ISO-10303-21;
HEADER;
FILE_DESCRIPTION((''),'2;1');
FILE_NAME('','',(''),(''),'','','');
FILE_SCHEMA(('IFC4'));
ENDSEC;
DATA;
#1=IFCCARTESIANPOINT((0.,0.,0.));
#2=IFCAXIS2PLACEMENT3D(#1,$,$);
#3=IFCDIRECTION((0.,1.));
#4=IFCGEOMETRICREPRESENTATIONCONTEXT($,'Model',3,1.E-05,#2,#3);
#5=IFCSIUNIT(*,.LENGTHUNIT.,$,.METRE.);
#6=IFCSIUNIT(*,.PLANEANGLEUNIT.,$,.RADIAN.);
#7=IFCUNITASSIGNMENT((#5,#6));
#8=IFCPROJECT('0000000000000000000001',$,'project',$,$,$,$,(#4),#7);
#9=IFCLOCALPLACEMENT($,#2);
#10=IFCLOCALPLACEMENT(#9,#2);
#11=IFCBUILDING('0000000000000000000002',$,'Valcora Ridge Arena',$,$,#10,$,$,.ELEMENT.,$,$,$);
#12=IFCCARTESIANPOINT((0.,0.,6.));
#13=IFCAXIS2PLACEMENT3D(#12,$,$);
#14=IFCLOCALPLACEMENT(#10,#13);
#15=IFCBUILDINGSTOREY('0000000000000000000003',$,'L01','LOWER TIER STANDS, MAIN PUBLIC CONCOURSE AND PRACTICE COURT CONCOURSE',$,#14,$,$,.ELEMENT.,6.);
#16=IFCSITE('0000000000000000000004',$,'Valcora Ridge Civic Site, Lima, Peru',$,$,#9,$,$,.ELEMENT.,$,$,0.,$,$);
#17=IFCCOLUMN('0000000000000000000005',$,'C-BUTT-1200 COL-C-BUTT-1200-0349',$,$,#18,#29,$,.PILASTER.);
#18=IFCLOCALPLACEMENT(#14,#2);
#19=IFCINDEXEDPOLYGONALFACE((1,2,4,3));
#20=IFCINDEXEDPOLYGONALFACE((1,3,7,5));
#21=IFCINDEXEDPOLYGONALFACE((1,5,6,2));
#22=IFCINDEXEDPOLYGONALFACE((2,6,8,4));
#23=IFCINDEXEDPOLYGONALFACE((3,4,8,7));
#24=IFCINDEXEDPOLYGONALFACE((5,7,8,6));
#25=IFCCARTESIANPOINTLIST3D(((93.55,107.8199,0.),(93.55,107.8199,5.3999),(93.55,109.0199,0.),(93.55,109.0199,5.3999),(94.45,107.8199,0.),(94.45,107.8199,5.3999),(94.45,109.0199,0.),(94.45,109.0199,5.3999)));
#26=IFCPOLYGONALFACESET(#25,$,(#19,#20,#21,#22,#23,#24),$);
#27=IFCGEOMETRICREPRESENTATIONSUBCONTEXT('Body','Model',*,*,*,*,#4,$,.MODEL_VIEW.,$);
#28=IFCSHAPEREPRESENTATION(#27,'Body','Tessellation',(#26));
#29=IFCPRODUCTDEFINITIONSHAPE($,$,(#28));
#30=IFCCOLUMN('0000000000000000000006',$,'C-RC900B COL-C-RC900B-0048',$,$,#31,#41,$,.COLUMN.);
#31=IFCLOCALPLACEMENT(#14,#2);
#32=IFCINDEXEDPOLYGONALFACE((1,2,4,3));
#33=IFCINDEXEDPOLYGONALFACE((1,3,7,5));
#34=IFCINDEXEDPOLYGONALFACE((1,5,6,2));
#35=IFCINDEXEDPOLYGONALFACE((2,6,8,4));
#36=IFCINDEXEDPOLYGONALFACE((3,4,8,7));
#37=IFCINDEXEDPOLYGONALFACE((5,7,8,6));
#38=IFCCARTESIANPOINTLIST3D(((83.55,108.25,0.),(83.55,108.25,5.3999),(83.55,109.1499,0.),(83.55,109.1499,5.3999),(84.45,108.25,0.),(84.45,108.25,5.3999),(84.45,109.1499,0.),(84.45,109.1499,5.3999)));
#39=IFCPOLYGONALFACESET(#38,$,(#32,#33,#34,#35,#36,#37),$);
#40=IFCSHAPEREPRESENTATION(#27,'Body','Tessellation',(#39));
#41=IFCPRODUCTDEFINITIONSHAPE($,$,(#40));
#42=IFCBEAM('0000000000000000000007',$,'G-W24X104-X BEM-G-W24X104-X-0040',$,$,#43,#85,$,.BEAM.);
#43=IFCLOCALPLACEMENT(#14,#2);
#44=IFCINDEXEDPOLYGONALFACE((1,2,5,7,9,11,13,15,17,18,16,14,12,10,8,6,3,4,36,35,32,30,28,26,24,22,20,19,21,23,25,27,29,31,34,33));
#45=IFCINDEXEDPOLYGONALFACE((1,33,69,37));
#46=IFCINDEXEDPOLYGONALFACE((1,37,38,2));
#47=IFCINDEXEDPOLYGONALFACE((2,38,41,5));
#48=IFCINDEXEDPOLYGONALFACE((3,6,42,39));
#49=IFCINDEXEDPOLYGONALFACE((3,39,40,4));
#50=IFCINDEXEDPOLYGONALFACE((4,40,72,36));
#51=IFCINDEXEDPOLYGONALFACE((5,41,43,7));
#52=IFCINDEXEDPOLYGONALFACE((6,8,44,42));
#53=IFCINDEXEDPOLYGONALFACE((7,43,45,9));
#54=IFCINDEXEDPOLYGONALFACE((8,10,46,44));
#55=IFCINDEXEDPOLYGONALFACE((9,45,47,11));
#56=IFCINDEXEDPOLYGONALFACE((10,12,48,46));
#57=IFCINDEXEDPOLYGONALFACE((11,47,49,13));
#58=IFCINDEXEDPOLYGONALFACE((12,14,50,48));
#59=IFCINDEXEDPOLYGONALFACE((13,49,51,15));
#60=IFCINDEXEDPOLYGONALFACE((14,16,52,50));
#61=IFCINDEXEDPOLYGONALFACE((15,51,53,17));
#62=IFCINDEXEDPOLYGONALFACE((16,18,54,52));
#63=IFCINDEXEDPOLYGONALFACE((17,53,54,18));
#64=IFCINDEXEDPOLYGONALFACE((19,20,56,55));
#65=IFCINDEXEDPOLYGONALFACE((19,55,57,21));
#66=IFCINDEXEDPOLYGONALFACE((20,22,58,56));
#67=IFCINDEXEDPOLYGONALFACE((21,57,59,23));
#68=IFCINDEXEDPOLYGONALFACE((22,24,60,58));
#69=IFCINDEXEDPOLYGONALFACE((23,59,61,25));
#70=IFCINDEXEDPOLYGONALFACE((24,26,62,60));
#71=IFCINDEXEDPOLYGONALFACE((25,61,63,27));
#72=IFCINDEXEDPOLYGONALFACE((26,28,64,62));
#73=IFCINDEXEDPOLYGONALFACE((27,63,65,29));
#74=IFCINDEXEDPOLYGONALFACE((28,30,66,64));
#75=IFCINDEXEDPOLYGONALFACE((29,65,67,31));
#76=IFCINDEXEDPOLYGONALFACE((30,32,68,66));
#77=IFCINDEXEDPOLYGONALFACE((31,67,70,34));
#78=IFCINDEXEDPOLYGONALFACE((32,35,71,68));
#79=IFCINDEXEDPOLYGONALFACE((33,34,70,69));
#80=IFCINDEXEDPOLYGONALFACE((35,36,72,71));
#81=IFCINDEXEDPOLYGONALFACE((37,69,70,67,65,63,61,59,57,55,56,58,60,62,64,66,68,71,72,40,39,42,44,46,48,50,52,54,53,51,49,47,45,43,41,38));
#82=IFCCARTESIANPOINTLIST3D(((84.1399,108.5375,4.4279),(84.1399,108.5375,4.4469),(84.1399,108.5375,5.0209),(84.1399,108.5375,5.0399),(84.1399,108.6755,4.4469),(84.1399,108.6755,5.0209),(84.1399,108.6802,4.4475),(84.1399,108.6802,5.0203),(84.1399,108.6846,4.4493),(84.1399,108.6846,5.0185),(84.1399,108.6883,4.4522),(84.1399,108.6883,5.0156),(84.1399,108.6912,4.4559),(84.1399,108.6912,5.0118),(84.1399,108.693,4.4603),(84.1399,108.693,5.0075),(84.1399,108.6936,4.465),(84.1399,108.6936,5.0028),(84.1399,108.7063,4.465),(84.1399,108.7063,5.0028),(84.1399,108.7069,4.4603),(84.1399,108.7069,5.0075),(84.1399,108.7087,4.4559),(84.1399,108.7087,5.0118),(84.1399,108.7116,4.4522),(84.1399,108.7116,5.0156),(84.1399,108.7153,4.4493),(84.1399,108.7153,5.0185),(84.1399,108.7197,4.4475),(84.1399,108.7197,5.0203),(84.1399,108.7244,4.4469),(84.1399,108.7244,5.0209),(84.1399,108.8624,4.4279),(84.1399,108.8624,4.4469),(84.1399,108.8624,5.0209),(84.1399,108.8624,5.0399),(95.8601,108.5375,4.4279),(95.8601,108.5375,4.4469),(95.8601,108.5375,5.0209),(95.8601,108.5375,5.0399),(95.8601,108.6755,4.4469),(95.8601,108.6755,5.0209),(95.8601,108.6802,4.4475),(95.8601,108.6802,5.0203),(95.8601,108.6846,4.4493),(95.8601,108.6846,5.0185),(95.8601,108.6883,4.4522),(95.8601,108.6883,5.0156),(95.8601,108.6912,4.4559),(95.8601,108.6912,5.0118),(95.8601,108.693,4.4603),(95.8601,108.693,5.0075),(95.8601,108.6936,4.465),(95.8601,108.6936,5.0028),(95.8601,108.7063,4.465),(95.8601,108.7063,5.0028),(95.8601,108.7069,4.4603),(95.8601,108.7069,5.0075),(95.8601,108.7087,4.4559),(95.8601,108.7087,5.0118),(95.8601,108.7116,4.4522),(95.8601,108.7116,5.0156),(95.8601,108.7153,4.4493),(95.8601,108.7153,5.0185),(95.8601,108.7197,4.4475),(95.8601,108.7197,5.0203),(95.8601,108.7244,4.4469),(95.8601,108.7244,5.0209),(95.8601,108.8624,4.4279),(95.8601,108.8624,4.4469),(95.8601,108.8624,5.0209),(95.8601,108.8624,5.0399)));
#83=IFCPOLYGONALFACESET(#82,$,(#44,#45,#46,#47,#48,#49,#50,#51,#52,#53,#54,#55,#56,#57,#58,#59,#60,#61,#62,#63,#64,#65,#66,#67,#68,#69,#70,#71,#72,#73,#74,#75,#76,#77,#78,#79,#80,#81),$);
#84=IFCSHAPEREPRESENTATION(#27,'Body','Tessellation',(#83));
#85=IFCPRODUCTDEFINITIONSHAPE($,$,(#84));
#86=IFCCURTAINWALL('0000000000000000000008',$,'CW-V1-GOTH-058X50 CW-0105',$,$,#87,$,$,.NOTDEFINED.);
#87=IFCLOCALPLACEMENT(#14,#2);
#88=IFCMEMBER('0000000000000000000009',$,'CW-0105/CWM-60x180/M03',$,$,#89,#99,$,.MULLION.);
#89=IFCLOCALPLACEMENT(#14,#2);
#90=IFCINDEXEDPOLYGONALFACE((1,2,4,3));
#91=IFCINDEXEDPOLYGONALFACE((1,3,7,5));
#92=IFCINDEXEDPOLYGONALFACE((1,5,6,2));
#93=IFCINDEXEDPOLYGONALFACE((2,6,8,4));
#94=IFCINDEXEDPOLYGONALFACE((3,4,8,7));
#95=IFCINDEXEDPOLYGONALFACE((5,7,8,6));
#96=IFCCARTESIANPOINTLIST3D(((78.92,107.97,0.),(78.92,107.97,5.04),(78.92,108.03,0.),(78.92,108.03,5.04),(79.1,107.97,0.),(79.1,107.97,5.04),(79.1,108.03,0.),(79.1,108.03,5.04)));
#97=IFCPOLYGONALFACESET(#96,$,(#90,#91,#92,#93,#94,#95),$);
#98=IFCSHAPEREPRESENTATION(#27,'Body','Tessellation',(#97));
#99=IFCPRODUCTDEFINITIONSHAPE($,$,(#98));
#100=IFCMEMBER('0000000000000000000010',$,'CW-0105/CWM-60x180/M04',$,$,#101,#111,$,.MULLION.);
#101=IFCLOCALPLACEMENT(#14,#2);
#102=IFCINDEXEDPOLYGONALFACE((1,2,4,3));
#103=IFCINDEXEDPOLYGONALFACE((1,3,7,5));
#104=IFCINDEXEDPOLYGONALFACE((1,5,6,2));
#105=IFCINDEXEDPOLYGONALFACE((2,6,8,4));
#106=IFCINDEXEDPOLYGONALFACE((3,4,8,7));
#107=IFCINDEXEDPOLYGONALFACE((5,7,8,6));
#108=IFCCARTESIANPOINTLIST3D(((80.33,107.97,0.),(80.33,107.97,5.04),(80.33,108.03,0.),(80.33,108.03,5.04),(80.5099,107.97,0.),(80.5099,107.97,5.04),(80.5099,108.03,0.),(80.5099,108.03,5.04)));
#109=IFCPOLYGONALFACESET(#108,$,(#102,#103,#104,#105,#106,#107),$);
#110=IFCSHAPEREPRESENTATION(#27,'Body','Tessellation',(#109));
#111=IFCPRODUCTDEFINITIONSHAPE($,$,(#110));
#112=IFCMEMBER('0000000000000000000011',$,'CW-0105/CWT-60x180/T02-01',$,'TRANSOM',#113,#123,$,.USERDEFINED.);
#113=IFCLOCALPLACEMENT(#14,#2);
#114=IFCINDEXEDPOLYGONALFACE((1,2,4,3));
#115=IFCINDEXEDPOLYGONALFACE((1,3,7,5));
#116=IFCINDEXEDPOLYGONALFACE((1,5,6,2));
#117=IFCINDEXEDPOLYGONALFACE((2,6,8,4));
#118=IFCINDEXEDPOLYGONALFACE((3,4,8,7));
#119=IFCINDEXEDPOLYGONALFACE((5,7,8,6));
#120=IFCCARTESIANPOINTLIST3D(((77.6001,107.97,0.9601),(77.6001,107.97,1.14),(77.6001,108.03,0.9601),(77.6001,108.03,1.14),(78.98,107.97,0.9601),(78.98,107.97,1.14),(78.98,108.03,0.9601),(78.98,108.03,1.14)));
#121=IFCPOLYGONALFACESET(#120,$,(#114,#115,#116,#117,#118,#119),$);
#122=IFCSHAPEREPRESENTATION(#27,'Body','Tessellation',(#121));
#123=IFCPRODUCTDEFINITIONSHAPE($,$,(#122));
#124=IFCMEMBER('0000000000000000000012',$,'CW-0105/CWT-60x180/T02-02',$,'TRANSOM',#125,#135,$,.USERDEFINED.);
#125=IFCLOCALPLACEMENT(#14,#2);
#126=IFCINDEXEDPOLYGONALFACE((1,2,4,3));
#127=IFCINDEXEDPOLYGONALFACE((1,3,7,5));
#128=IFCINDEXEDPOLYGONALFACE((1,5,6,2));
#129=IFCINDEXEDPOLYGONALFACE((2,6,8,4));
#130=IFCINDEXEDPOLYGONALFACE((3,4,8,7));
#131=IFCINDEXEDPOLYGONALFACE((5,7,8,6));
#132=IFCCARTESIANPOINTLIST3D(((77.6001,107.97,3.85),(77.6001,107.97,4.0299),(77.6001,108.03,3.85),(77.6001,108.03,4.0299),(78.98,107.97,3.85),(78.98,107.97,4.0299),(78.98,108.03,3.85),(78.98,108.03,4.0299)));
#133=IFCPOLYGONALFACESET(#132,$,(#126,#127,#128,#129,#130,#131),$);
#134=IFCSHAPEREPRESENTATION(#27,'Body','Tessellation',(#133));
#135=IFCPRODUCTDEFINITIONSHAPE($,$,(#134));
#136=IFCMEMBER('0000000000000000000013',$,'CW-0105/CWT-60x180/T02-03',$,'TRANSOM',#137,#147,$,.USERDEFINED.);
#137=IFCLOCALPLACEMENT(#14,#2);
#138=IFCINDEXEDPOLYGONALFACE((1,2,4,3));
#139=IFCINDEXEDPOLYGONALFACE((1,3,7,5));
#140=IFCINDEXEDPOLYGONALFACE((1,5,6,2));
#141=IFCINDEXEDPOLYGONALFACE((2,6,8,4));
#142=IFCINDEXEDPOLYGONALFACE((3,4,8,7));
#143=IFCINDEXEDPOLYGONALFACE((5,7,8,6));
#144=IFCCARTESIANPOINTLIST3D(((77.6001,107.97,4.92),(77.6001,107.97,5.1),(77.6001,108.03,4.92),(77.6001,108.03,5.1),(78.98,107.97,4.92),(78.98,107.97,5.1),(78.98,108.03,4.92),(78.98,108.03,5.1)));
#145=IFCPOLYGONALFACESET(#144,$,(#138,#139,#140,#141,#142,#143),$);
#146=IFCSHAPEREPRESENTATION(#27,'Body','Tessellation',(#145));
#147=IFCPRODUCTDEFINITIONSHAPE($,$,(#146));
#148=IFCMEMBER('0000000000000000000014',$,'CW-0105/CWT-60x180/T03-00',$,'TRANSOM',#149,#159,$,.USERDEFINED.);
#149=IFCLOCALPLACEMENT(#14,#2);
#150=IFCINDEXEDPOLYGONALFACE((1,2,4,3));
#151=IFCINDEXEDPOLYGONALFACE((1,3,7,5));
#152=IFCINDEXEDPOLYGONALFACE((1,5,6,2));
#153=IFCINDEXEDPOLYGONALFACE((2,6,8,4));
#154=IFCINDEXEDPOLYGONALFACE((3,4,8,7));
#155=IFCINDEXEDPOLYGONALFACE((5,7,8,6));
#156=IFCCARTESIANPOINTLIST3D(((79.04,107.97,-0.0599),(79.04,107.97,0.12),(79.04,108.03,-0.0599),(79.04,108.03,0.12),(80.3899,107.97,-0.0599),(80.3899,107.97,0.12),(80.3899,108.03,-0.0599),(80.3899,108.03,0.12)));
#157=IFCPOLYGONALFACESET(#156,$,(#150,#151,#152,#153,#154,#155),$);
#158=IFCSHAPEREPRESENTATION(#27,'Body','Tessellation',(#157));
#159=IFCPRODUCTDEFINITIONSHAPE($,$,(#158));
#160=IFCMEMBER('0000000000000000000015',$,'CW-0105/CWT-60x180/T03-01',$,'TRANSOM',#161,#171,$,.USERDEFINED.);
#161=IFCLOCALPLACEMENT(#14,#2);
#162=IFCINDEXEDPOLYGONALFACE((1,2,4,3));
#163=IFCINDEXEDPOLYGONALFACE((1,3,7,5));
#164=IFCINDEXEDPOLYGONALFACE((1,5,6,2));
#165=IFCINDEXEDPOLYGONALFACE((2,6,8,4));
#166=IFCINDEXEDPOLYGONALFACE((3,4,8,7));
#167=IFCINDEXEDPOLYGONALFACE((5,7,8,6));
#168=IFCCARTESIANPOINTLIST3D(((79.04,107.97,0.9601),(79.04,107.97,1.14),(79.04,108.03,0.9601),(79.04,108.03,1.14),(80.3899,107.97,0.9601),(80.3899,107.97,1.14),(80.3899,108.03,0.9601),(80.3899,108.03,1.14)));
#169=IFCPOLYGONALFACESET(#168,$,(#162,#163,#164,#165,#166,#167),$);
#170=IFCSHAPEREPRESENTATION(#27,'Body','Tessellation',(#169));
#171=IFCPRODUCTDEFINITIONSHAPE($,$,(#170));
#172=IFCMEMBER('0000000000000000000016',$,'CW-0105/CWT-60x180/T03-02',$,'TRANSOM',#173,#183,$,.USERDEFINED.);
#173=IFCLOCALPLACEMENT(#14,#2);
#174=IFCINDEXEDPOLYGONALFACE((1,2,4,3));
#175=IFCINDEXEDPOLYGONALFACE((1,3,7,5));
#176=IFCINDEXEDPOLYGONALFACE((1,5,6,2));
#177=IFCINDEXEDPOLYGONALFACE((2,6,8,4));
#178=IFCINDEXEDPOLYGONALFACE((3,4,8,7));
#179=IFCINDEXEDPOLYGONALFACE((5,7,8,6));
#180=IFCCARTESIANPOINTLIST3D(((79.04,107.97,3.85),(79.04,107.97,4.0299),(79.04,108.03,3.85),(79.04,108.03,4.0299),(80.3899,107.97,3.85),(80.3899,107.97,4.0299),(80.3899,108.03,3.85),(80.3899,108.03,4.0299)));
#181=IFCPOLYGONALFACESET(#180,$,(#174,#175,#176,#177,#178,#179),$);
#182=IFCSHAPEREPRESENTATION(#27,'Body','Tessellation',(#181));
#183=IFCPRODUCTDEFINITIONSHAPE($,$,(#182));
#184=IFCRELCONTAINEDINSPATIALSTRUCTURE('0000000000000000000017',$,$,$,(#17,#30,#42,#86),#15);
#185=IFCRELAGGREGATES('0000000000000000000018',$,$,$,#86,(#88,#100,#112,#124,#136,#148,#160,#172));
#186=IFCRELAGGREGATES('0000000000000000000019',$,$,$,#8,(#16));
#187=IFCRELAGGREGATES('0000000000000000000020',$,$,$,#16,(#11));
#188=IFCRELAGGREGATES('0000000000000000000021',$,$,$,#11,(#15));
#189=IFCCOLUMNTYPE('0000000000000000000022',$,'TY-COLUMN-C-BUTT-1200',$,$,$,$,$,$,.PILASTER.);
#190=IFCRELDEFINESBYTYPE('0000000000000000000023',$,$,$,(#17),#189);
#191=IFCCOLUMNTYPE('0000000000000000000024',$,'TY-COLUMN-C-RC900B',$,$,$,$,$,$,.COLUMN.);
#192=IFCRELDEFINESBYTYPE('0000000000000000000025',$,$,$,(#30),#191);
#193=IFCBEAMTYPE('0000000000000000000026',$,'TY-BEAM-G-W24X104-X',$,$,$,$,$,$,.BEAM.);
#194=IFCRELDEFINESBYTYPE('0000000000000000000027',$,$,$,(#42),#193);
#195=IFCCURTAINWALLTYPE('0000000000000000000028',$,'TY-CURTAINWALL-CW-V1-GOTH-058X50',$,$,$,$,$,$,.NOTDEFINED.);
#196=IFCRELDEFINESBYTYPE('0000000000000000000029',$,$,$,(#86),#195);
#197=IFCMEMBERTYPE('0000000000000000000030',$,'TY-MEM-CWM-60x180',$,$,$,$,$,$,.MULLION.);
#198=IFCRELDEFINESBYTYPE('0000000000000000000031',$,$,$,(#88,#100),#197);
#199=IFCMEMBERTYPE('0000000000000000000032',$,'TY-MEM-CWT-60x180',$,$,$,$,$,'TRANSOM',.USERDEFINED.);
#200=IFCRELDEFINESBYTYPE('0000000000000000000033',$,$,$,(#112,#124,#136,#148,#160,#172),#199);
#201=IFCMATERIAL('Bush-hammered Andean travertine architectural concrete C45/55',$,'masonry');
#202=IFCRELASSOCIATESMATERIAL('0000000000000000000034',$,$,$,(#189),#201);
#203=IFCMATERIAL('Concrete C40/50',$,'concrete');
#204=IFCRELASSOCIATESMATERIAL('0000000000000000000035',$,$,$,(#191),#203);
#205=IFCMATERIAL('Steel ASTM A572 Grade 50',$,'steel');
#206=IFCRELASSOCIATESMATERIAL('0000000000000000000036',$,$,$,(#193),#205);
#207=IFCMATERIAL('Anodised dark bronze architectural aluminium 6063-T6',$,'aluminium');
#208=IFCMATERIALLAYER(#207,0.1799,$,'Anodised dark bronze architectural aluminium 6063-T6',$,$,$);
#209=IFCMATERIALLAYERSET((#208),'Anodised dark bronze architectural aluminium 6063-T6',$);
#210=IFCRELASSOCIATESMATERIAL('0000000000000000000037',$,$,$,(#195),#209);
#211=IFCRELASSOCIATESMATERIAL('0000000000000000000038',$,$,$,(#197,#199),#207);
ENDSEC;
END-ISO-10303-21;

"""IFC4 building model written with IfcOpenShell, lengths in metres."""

from ifc_helpers import new_model, si_unit, direction, frame, origin, origin_2d, place, context, subcontext, project, spatial, rectangle, i_section, extrude, material, layer, layer_set, material_profile, profile_set, type_object, element, aggregate, save


model = new_model("IFC4")

# Units and contexts
model_context = context("Model", 3, precision=1e-05, world=origin(), true_north=direction((0.0, 1.0)))
body_context = subcontext(model_context, "Body", "Model", "MODEL_VIEW")
ifc_project = project(units=[si_unit("LENGTHUNIT", "METRE"), si_unit("PLANEANGLEUNIT", "RADIAN")], contexts=[model_context])

# Site, building, storey
site_placement = place(None, origin())
site = spatial("IfcSite", under=ifc_project, at=site_placement, Name="Valcora Ridge Civic Site, Lima, Peru", CompositionType="ELEMENT", RefElevation=0.0)
building_placement = place(site_placement, origin())
building = spatial("IfcBuilding", under=site, at=building_placement, Name="Valcora Ridge Arena", CompositionType="ELEMENT")
storey_placement = place(building_placement, frame((0.0, 0.0, 6.0)))
storey = spatial("IfcBuildingStorey", under=building, at=storey_placement, Name="L01", Description="LOWER TIER STANDS, MAIN PUBLIC CONCOURSE AND PRACTICE COURT CONCOURSE", CompositionType="ELEMENT", Elevation=6.0)

# Columns
ifc_material_1 = material(Name="Bush-hammered Andean travertine architectural concrete C45/55", Category="masonry")
ifc_material_profile_1 = material_profile(ifc_material_1, rectangle(XDim=0.8999, YDim=1.2, at=origin_2d()), Name="RC 900x1200")
ifc_profile_set_1 = profile_set([ifc_material_profile_1], Name="Bush-hammered Andean travertine architectural concrete C45/55")
column_type_1 = type_object("IfcColumnType", Name="TY-COLUMN-C-BUTT-1200", PredefinedType="PILASTER", material=ifc_profile_set_1)
column_1_placement = place(storey_placement, frame((94.0, 108.4199, 0.0), z_axis=(0.0, 0.0, 1.0), x_axis=(1.0, 0.0, 0.0)))
element("IfcColumn", 1, at=column_1_placement, inside=storey, type_object=column_type_1, Name="C-BUTT-1200 COL-C-BUTT-1200-0349", PredefinedType="PILASTER", context=body_context, shape_type="SweptSolid", body=[
    extrude(rectangle(XDim=0.8999, YDim=1.2, at=origin_2d()), origin(), (0.0, 0.0, 1.0), 5.3999),
])
ifc_material_2 = material(Name="Concrete C40/50", Category="concrete")
ifc_material_profile_2 = material_profile(ifc_material_2, rectangle(XDim=0.8999, YDim=0.8999, at=origin_2d()), Name="RC 900x900")
ifc_profile_set_2 = profile_set([ifc_material_profile_2], Name="Concrete C40/50")
column_type_2 = type_object("IfcColumnType", Name="TY-COLUMN-C-RC900B", PredefinedType="COLUMN", material=ifc_profile_set_2)
column_2_placement = place(storey_placement, frame((84.0, 108.7, 0.0), z_axis=(0.0, 0.0, 1.0), x_axis=(1.0, 0.0, 0.0)))
element("IfcColumn", 2, at=column_2_placement, inside=storey, type_object=column_type_2, Name="C-RC900B COL-C-RC900B-0048", PredefinedType="COLUMN", context=body_context, shape_type="SweptSolid", body=[
    extrude(rectangle(XDim=0.8999, YDim=0.8999, at=origin_2d()), origin(), (0.0, 0.0, 1.0), 5.3999),
])

# Beam
ifc_material_3 = material(Name="Steel ASTM A572 Grade 50", Category="steel")
ifc_material_profile_3 = material_profile(ifc_material_3, i_section(OverallWidth=0.325, OverallDepth=0.6121, WebThickness=0.0127, FlangeThickness=0.019, FilletRadius=0.0181, at=origin_2d()), Name="W24X104")
ifc_profile_set_3 = profile_set([ifc_material_profile_3], Name="Steel ASTM A572 Grade 50")
beam_type = type_object("IfcBeamType", Name="TY-BEAM-G-W24X104-X", PredefinedType="BEAM", material=ifc_profile_set_3)
beam_placement = place(storey_placement, frame((84.1399, 108.7, 4.7339), z_axis=(1.0, 0.0, 0.0), x_axis=(0.0, 1.0, 0.0)))
element("IfcBeam", 3, at=beam_placement, inside=storey, type_object=beam_type, Name="G-W24X104-X BEM-G-W24X104-X-0040", PredefinedType="BEAM", context=body_context, shape_type="SweptSolid", body=[
    extrude(i_section(OverallWidth=0.325, OverallDepth=0.6121, WebThickness=0.0127, FlangeThickness=0.019, FilletRadius=0.0181, at=origin_2d()), origin(), (0.0, 0.0, 1.0), 11.7202),
])

# Curtain wall, members
ifc_material_4 = material(Name="Anodised dark bronze architectural aluminium 6063-T6", Category="aluminium")
ifc_layer_1 = layer(ifc_material_4, 0.1799, Name="Anodised dark bronze architectural aluminium 6063-T6")
ifc_layer_set_1 = layer_set([ifc_layer_1], Name="Anodised dark bronze architectural aluminium 6063-T6")
curtain_wall_type = type_object("IfcCurtainWallType", Name="TY-CURTAINWALL-CW-V1-GOTH-058X50", PredefinedType="NOTDEFINED", material=ifc_layer_set_1)
curtain_wall_placement = place(storey_placement, origin())
curtain_wall = element("IfcCurtainWall", 4, at=curtain_wall_placement, inside=storey, type_object=curtain_wall_type, Name="CW-V1-GOTH-058X50 CW-0105", PredefinedType="NOTDEFINED")
ifc_material_profile_4 = material_profile(ifc_material_4, rectangle(XDim=0.0601, YDim=0.1799, at=origin_2d()), Name="ALU MULLION 60x180")
ifc_profile_set_4 = profile_set([ifc_material_profile_4], Name="Anodised dark bronze architectural aluminium 6063-T6")
member_type_1 = type_object("IfcMemberType", Name="TY-MEM-CWM-60x180", PredefinedType="MULLION", material=ifc_profile_set_4)
member_1_placement = place(storey_placement, frame((79.01, 108.0, 0.0), z_axis=(0.0, 0.0, 1.0), x_axis=(0.0, 1.0, 0.0)))
member_1 = element("IfcMember", 5, at=member_1_placement, type_object=member_type_1, Name="CW-0105/CWM-60x180/M03", PredefinedType="MULLION", context=body_context, shape_type="SweptSolid", body=[
    extrude(rectangle(XDim=0.0601, YDim=0.1799, at=origin_2d()), origin(), (0.0, 0.0, 1.0), 5.04),
])
member_2_placement = place(storey_placement, frame((80.4199, 108.0, 0.0), z_axis=(0.0, 0.0, 1.0), x_axis=(0.0, 1.0, 0.0)))
member_2 = element("IfcMember", 6, at=member_2_placement, type_object=member_type_1, Name="CW-0105/CWM-60x180/M04", PredefinedType="MULLION", context=body_context, shape_type="SweptSolid", body=[
    extrude(rectangle(XDim=0.0601, YDim=0.1799, at=origin_2d()), origin(), (0.0, 0.0, 1.0), 5.04),
])
ifc_material_profile_5 = material_profile(ifc_material_4, rectangle(XDim=0.0601, YDim=0.1799, at=origin_2d()), Name="ALU TRANSOM 60x180")
ifc_profile_set_5 = profile_set([ifc_material_profile_5], Name="Anodised dark bronze architectural aluminium 6063-T6")
member_type_2 = type_object("IfcMemberType", Name="TY-MEM-CWT-60x180", ElementType="TRANSOM", PredefinedType="USERDEFINED", material=ifc_profile_set_5)
member_3_placement = place(storey_placement, frame((77.6001, 108.0, 1.05), z_axis=(1.0, 0.0, 0.0), x_axis=(0.0, 1.0, 0.0)))
member_3 = element("IfcMember", 7, at=member_3_placement, type_object=member_type_2, Name="CW-0105/CWT-60x180/T02-01", ObjectType="TRANSOM", PredefinedType="USERDEFINED", context=body_context, shape_type="SweptSolid", body=[
    extrude(rectangle(XDim=0.0601, YDim=0.1799, at=origin_2d()), origin(), (0.0, 0.0, 1.0), 1.3799),
])
member_4_placement = place(storey_placement, frame((77.6001, 108.0, 3.9399), z_axis=(1.0, 0.0, 0.0), x_axis=(0.0, 1.0, 0.0)))
member_4 = element("IfcMember", 8, at=member_4_placement, type_object=member_type_2, Name="CW-0105/CWT-60x180/T02-02", ObjectType="TRANSOM", PredefinedType="USERDEFINED", context=body_context, shape_type="SweptSolid", body=[
    extrude(rectangle(XDim=0.0601, YDim=0.1799, at=origin_2d()), origin(), (0.0, 0.0, 1.0), 1.3799),
])
member_5_placement = place(storey_placement, frame((77.6001, 108.0, 5.01), z_axis=(1.0, 0.0, 0.0), x_axis=(0.0, 1.0, 0.0)))
member_5 = element("IfcMember", 9, at=member_5_placement, type_object=member_type_2, Name="CW-0105/CWT-60x180/T02-03", ObjectType="TRANSOM", PredefinedType="USERDEFINED", context=body_context, shape_type="SweptSolid", body=[
    extrude(rectangle(XDim=0.0601, YDim=0.1799, at=origin_2d()), origin(), (0.0, 0.0, 1.0), 1.3799),
])
member_6_placement = place(storey_placement, frame((79.04, 108.0, 0.03), z_axis=(1.0, 0.0, 0.0), x_axis=(0.0, 1.0, 0.0)))
member_6 = element("IfcMember", 10, at=member_6_placement, type_object=member_type_2, Name="CW-0105/CWT-60x180/T03-00", ObjectType="TRANSOM", PredefinedType="USERDEFINED", context=body_context, shape_type="SweptSolid", body=[
    extrude(rectangle(XDim=0.0601, YDim=0.1799, at=origin_2d()), origin(), (0.0, 0.0, 1.0), 1.3499),
])
member_7_placement = place(storey_placement, frame((79.04, 108.0, 1.05), z_axis=(1.0, 0.0, 0.0), x_axis=(0.0, 1.0, 0.0)))
member_7 = element("IfcMember", 11, at=member_7_placement, type_object=member_type_2, Name="CW-0105/CWT-60x180/T03-01", ObjectType="TRANSOM", PredefinedType="USERDEFINED", context=body_context, shape_type="SweptSolid", body=[
    extrude(rectangle(XDim=0.0601, YDim=0.1799, at=origin_2d()), origin(), (0.0, 0.0, 1.0), 1.3499),
])
member_8_placement = place(storey_placement, frame((79.04, 108.0, 3.9399), z_axis=(1.0, 0.0, 0.0), x_axis=(0.0, 1.0, 0.0)))
member_8 = element("IfcMember", 12, at=member_8_placement, type_object=member_type_2, Name="CW-0105/CWT-60x180/T03-02", ObjectType="TRANSOM", PredefinedType="USERDEFINED", context=body_context, shape_type="SweptSolid", body=[
    extrude(rectangle(XDim=0.0601, YDim=0.1799, at=origin_2d()), origin(), (0.0, 0.0, 1.0), 1.3499),
])
aggregate(curtain_wall, [member_1, member_2, member_3, member_4, member_5, member_6, member_7, member_8])

save(model, "model.ifc")
